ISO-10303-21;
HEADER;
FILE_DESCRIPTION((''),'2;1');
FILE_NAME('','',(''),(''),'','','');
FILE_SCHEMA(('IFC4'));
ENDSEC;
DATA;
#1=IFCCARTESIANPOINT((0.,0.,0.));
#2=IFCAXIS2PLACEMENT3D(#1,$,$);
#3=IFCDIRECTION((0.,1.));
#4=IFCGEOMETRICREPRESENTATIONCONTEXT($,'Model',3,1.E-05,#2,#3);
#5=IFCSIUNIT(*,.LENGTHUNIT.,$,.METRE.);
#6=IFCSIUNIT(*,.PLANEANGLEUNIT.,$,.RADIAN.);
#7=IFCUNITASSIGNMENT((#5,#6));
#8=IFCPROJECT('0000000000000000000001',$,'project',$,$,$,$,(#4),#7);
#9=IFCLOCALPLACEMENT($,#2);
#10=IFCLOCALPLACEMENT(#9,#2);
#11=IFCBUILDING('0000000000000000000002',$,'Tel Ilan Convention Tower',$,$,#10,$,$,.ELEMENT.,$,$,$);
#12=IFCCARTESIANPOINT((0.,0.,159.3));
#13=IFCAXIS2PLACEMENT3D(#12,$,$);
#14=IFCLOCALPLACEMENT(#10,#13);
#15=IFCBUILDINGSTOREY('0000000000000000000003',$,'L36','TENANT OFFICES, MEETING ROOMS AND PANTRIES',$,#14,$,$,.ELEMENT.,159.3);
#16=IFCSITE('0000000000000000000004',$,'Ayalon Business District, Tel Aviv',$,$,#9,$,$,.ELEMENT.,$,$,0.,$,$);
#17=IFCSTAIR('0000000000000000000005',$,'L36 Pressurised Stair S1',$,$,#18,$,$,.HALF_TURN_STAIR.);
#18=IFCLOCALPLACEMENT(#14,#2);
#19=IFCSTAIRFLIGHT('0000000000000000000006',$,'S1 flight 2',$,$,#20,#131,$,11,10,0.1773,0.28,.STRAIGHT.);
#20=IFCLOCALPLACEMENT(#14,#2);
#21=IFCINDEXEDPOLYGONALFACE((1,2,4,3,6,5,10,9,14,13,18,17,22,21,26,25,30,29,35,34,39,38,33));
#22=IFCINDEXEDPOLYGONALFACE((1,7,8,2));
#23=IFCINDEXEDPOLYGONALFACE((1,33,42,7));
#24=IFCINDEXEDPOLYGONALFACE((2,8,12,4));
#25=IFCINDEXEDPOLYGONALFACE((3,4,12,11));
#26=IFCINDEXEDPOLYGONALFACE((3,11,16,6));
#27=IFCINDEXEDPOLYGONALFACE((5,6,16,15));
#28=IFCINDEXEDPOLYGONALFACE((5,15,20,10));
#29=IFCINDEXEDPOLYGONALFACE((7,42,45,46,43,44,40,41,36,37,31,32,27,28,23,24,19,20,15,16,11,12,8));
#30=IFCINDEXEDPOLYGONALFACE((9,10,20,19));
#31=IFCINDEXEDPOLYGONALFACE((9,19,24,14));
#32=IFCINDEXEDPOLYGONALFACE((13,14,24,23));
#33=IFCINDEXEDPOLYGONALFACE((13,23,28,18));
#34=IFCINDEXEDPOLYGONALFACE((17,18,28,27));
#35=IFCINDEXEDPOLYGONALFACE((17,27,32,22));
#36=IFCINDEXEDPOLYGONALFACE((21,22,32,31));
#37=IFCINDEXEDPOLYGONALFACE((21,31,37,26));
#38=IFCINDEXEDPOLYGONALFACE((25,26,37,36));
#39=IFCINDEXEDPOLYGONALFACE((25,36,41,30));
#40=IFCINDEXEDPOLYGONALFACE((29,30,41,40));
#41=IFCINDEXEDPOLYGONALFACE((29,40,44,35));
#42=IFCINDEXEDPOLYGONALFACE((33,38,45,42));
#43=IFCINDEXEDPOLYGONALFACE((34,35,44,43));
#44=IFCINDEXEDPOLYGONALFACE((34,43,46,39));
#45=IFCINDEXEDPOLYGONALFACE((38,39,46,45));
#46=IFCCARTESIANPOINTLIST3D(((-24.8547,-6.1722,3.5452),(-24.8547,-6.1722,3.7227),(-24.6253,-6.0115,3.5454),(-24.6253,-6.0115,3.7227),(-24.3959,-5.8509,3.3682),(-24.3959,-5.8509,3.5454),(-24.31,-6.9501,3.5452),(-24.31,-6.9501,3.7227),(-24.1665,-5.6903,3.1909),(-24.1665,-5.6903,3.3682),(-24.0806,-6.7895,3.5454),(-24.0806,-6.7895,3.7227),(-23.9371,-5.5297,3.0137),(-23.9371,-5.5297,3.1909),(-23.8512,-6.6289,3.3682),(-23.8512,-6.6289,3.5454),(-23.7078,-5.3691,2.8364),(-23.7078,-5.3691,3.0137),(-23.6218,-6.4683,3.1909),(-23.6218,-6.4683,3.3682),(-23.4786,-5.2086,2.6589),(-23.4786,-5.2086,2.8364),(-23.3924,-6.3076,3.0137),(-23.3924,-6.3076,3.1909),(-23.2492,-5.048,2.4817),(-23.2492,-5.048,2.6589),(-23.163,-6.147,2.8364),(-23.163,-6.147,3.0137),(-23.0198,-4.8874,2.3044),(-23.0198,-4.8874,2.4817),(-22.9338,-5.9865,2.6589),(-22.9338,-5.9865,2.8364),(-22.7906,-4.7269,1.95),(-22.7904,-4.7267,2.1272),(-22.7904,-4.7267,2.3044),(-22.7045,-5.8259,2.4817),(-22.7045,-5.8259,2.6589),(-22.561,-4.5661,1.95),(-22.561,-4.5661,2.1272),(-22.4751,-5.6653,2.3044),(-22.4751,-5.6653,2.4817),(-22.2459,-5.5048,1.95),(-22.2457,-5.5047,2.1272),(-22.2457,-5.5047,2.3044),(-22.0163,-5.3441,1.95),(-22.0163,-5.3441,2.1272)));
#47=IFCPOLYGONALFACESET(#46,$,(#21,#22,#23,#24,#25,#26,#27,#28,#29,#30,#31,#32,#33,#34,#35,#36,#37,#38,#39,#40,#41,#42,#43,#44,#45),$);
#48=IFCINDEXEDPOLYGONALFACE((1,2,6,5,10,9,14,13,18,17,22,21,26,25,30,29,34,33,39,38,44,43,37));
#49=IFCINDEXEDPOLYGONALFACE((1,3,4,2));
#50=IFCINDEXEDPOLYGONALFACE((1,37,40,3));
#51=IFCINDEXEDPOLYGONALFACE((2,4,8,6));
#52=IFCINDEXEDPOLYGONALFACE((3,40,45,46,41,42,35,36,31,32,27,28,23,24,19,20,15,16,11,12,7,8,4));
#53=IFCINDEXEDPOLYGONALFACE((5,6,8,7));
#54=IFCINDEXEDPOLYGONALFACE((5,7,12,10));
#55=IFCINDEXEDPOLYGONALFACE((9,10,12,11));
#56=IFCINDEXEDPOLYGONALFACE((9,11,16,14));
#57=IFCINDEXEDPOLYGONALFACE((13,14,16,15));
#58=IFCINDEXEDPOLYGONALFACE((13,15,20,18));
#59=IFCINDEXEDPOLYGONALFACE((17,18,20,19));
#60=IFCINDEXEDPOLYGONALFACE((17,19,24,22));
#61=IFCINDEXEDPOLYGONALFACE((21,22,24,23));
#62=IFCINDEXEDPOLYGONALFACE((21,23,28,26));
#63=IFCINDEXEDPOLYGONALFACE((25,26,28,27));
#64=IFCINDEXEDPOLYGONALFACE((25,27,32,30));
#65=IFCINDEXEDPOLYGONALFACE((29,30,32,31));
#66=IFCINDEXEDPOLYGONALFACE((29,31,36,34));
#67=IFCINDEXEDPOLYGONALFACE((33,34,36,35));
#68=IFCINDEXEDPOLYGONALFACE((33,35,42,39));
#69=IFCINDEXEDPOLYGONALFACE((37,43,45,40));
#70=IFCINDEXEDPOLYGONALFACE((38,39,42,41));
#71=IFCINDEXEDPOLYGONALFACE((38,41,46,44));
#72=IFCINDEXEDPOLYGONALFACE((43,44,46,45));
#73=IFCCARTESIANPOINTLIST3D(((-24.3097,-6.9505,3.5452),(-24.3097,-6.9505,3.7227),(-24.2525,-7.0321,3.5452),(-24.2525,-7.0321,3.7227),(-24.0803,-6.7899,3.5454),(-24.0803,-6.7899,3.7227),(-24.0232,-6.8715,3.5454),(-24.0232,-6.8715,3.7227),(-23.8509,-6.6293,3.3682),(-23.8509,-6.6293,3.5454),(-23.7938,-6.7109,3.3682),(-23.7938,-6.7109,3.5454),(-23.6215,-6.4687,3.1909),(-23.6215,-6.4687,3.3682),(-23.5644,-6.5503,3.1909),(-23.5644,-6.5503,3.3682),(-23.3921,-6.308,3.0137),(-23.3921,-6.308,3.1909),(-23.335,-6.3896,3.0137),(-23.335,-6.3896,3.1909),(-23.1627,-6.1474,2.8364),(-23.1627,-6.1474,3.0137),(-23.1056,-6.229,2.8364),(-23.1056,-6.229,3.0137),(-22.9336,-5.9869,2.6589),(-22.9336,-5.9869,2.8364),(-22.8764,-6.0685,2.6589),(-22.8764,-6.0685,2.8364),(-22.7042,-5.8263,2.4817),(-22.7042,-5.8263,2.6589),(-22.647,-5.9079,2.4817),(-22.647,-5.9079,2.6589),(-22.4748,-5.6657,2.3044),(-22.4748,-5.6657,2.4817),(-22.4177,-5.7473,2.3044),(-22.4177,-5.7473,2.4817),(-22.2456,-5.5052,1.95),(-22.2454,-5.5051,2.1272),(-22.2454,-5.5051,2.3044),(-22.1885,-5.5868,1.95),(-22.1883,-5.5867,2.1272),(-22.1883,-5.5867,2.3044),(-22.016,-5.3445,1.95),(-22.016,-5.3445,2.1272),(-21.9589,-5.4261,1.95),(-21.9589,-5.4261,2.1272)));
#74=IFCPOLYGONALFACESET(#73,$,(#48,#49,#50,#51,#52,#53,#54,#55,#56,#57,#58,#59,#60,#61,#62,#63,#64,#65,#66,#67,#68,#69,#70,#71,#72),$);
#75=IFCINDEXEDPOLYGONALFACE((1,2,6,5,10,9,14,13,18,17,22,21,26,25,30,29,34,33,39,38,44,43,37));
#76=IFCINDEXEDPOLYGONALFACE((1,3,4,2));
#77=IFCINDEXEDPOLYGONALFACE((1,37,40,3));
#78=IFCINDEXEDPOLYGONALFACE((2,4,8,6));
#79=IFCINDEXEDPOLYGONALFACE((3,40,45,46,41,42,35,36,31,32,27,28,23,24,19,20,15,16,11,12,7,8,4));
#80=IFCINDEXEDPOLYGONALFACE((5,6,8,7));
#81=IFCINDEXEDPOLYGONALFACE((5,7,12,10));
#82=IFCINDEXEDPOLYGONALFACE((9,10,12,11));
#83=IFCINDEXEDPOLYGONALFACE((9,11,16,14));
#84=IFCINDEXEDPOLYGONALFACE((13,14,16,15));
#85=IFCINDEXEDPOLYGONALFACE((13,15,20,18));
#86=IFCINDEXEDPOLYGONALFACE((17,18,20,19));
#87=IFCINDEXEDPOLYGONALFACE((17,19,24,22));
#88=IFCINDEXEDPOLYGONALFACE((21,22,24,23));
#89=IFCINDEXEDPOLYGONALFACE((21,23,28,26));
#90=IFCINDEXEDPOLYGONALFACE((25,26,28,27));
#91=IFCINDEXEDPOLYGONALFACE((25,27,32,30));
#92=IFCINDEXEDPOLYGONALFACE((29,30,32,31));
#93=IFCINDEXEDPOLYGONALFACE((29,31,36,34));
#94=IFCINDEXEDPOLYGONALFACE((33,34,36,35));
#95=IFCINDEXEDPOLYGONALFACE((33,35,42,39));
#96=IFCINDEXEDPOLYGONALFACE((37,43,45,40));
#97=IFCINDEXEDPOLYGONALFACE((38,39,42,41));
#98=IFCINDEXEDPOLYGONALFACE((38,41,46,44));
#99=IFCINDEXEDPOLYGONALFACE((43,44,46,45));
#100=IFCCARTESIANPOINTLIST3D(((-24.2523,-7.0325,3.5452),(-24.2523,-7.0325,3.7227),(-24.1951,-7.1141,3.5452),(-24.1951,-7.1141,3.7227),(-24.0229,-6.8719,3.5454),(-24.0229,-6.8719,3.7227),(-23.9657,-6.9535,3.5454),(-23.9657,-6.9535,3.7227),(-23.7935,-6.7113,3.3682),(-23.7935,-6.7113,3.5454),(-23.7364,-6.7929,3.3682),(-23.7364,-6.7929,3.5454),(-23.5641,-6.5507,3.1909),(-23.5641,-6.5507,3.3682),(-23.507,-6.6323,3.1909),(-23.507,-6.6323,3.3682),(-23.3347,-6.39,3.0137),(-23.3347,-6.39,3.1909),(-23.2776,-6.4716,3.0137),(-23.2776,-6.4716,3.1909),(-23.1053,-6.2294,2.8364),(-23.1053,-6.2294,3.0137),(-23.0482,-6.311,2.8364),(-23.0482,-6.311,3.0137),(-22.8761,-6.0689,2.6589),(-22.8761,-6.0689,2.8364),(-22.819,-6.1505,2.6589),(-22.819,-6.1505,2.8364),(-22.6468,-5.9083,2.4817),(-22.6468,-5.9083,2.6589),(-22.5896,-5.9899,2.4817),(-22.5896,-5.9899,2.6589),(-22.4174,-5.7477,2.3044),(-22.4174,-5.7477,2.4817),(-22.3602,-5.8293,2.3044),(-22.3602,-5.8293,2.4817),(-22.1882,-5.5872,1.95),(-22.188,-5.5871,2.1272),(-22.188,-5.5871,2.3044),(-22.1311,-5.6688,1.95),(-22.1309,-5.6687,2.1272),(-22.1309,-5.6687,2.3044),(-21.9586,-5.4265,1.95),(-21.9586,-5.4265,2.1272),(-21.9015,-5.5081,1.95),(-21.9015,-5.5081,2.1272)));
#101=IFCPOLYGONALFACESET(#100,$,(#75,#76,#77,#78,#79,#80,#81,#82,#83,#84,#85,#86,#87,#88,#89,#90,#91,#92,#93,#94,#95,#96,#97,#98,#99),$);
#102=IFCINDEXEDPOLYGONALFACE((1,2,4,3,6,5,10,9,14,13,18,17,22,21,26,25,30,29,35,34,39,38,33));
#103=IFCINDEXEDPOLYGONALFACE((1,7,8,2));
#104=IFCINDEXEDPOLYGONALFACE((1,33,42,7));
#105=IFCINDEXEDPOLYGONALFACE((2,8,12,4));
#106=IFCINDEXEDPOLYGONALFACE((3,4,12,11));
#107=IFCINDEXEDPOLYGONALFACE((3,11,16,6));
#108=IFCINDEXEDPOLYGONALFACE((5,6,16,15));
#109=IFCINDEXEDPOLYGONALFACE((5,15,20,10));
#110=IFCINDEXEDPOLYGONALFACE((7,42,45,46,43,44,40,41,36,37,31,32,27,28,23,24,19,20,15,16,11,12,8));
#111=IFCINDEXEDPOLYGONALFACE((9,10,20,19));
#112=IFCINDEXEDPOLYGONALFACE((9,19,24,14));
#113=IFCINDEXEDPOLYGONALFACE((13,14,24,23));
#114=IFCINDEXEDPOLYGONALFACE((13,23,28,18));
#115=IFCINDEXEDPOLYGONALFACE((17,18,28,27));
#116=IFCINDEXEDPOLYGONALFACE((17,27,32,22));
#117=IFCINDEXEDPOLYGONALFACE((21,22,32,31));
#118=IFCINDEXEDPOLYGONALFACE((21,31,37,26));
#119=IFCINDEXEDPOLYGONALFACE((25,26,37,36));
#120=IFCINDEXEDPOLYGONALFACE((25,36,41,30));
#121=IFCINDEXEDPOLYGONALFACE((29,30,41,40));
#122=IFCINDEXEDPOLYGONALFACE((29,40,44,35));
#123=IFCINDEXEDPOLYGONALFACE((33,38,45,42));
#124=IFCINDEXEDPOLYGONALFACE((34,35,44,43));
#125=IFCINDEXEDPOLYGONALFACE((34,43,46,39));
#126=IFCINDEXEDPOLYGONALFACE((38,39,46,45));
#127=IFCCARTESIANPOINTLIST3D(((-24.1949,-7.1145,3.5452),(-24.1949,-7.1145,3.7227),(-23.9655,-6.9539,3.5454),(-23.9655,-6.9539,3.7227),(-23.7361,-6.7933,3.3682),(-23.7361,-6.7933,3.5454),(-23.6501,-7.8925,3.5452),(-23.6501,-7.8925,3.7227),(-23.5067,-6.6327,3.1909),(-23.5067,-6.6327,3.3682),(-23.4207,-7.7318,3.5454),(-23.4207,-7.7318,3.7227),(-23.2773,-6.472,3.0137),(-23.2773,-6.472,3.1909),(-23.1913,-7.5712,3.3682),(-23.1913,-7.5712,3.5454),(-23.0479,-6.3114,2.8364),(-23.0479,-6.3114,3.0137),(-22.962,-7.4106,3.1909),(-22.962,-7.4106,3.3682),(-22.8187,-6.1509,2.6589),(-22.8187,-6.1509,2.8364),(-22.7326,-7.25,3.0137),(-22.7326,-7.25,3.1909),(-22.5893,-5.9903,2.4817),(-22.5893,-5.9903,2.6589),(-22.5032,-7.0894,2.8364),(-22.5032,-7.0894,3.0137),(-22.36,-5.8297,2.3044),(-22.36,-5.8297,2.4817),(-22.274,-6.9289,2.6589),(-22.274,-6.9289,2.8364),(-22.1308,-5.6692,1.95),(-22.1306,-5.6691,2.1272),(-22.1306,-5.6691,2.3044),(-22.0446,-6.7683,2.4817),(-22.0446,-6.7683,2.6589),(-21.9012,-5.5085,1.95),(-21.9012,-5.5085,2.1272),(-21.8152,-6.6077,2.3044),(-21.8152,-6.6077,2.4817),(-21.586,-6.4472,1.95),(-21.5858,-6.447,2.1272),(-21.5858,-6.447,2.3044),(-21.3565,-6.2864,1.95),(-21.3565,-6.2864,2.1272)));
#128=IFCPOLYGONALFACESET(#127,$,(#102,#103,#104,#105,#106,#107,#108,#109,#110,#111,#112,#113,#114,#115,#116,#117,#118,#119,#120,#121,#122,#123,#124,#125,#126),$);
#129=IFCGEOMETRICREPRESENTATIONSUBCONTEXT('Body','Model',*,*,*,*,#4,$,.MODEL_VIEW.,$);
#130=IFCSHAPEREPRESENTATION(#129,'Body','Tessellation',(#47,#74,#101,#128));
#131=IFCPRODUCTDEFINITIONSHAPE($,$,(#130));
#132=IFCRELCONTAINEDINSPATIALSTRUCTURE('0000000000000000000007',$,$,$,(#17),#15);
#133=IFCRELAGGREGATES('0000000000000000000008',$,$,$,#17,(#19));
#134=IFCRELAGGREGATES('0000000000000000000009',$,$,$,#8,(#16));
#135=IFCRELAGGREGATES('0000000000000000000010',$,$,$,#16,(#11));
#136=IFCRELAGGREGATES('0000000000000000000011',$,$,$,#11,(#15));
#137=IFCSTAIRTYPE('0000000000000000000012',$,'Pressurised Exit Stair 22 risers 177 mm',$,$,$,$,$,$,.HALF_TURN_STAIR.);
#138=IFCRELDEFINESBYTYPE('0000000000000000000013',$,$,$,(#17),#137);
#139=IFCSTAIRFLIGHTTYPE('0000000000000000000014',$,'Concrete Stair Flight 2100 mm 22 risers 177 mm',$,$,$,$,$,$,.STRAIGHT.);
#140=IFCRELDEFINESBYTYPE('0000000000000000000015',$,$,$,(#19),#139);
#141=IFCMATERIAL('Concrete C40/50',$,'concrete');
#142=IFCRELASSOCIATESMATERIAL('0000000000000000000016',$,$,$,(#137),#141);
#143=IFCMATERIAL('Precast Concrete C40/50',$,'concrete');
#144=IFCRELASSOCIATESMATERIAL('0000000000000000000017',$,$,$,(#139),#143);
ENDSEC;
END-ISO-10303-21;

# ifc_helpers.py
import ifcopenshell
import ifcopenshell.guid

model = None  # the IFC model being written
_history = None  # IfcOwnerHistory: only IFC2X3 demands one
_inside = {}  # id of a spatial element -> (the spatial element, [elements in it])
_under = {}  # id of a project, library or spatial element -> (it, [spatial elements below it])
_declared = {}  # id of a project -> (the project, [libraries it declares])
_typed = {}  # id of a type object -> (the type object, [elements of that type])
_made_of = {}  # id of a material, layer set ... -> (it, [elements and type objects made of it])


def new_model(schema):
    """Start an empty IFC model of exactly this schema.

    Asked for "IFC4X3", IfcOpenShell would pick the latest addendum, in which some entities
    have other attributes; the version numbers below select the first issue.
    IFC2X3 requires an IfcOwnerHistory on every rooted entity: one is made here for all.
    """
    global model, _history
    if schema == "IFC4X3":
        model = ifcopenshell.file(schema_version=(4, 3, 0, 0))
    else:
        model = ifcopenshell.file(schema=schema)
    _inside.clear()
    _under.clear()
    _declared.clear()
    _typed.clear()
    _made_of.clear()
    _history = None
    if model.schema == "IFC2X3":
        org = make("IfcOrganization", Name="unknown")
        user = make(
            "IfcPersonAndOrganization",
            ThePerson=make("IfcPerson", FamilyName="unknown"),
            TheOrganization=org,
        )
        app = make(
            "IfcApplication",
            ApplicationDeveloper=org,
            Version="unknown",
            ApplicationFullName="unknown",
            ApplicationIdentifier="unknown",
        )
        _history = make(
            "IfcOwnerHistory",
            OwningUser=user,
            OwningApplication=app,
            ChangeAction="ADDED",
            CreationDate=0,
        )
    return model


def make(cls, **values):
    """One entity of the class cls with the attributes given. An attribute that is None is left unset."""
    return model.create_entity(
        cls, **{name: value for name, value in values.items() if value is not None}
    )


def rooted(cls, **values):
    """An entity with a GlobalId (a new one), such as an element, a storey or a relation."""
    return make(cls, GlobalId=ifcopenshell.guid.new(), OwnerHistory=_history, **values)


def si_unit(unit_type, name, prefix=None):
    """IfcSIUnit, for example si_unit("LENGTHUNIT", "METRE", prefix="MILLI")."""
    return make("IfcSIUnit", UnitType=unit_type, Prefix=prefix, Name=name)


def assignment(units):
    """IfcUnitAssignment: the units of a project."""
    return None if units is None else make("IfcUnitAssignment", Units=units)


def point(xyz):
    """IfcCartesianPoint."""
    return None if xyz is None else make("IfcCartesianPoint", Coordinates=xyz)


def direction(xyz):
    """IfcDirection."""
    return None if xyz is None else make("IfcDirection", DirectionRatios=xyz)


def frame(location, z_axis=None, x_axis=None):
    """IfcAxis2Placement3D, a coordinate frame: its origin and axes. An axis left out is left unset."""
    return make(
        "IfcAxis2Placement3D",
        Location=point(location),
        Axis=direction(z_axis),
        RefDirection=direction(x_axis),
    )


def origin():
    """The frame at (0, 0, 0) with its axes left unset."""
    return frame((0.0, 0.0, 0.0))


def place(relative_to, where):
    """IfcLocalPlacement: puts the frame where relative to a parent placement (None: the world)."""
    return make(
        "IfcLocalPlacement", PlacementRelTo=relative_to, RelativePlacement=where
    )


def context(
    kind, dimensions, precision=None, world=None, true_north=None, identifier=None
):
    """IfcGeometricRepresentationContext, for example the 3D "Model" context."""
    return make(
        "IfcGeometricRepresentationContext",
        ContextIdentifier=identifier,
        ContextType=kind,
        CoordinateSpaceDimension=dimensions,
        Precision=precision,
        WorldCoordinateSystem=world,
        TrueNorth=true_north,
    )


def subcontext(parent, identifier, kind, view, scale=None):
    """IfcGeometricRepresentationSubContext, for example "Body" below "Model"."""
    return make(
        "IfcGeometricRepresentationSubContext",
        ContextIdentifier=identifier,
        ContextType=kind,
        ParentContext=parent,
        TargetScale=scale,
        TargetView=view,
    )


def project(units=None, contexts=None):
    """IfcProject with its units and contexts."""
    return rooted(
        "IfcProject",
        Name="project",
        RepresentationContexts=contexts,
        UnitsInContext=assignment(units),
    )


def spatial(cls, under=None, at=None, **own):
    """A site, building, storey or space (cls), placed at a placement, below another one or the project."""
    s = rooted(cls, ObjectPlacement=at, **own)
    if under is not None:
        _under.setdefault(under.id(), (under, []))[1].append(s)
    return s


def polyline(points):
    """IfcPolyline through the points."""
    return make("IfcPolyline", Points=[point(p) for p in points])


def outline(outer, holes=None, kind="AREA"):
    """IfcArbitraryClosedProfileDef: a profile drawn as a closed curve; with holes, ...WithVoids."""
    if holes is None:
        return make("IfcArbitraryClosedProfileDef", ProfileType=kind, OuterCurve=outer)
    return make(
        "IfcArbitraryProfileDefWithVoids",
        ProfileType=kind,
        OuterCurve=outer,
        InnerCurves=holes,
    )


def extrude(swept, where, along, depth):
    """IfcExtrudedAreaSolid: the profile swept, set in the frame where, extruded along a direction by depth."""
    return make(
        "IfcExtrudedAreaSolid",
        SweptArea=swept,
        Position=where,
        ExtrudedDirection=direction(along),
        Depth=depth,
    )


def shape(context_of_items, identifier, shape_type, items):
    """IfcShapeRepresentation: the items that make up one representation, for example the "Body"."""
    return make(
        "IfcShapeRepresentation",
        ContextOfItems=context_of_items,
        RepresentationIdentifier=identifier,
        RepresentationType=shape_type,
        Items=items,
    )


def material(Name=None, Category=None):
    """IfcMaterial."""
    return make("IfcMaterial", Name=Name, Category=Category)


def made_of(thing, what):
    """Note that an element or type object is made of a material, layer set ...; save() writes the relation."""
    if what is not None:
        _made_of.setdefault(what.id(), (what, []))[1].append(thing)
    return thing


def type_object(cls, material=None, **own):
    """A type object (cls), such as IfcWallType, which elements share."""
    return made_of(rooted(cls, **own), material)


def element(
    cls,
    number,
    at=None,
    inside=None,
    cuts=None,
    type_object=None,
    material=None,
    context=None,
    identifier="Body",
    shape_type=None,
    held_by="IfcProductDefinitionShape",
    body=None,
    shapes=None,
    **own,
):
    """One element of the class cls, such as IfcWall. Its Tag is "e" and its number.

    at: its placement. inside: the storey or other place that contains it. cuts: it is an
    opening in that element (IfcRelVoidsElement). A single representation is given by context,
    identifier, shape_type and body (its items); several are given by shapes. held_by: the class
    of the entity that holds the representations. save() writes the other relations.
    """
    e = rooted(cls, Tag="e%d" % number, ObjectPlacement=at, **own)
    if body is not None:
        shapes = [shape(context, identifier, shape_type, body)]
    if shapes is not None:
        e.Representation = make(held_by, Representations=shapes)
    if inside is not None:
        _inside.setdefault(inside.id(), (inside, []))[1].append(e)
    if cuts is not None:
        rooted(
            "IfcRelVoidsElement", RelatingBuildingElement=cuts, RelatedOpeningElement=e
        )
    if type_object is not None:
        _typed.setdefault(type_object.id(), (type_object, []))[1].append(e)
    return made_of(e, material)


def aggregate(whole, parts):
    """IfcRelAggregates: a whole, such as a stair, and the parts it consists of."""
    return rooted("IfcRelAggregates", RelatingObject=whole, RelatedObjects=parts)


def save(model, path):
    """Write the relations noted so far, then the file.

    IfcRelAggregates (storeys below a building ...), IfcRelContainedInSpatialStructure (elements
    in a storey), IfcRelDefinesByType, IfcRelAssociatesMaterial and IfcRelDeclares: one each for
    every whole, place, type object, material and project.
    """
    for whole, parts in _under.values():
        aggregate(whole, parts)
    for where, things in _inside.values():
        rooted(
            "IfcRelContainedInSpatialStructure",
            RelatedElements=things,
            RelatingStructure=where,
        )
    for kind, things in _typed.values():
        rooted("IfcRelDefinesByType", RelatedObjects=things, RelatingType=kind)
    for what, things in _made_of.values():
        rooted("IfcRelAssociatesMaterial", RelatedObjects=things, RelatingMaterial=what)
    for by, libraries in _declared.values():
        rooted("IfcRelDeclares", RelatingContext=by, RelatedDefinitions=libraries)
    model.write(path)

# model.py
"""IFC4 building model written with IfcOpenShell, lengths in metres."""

from ifc_helpers import new_model, si_unit, direction, frame, origin, place, context, subcontext, project, spatial, polyline, outline, extrude, material, type_object, element, aggregate, save


model = new_model("IFC4")

# Units and contexts
model_context = context("Model", 3, precision=1e-05, world=origin(), true_north=direction((0.0, 1.0)))
body_context = subcontext(model_context, "Body", "Model", "MODEL_VIEW")
ifc_project = project(units=[si_unit("LENGTHUNIT", "METRE"), si_unit("PLANEANGLEUNIT", "RADIAN")], contexts=[model_context])

# Site, building, storey
site_placement = place(None, origin())
site = spatial("IfcSite", under=ifc_project, at=site_placement, Name="Ayalon Business District, Tel Aviv", CompositionType="ELEMENT", RefElevation=0.0)
building_placement = place(site_placement, origin())
building = spatial("IfcBuilding", under=site, at=building_placement, Name="Tel Ilan Convention Tower", CompositionType="ELEMENT")
storey_placement = place(building_placement, frame((0.0, 0.0, 159.3)))
storey = spatial("IfcBuildingStorey", under=building, at=storey_placement, Name="L36", Description="TENANT OFFICES, MEETING ROOMS AND PANTRIES", CompositionType="ELEMENT", Elevation=159.3)

# Stair, stair flight
ifc_material_1 = material(Name="Concrete C40/50", Category="concrete")
stair_type = type_object("IfcStairType", Name="Pressurised Exit Stair 22 risers 177 mm", PredefinedType="HALF_TURN_STAIR", material=ifc_material_1)
stair_1_placement = place(storey_placement, origin())
stair_1 = element("IfcStair", 1, at=stair_1_placement, inside=storey, type_object=stair_type, Name="L36 Pressurised Stair S1", PredefinedType="HALF_TURN_STAIR")
ifc_material_2 = material(Name="Precast Concrete C40/50", Category="concrete")
stair_flight_type = type_object("IfcStairFlightType", Name="Concrete Stair Flight 2100 mm 22 risers 177 mm", PredefinedType="STRAIGHT", material=ifc_material_2)
stair_flight_1_placement = place(storey_placement, frame((-21.9587, -5.4263, 1.95), z_axis=(0.0, 0.0, 1.0), x_axis=(-0.819152, -0.573576, 0.0)))
stair_flight_1 = element("IfcStairFlight", 2, at=stair_flight_1_placement, type_object=stair_flight_type, Name="S1 flight 2", NumberOfRisers=11, NumberOfTreads=10, PredefinedType="STRAIGHT", RiserHeight=0.1773, TreadLength=0.28, context=body_context, shape_type="SweptSolid", body=[
    extrude(outline(polyline([(0.0, 0.0), (0.0, 0.1772), (0.28, 0.1772), (0.28, 0.3545), (0.5601, 0.3545), (0.5601, 0.5317), (0.8401, 0.5317), (0.8401, 0.709), (1.1201, 0.709), (1.1201, 0.8865), (1.3999, 0.8865), (1.3999, 1.0637), (1.6799, 1.0637), (1.6799, 1.241), (1.96, 1.241), (1.96, 1.4182), (2.24, 1.4182), (2.24, 1.5955), (2.52, 1.5955), (2.52, 1.7727), (2.8, 1.7727), (2.8, 1.95), (2.8, 1.5952), (0.2803, 0.0), (0.0, 0.0)])), frame((0.0, -0.1003, 0.0), z_axis=(0.0, -1.0, 0.0), x_axis=(1.0, 0.0, 0.0)), (0.0, 0.0, 1.0), 0.9497),
    extrude(outline(polyline([(0.0, 0.0), (0.0, 0.1772), (0.28, 0.1772), (0.28, 0.3545), (0.5601, 0.3545), (0.5601, 0.5317), (0.8401, 0.5317), (0.8401, 0.709), (1.1201, 0.709), (1.1201, 0.8865), (1.3999, 0.8865), (1.3999, 1.0637), (1.6799, 1.0637), (1.6799, 1.241), (1.96, 1.241), (1.96, 1.4182), (2.24, 1.4182), (2.24, 1.5955), (2.52, 1.5955), (2.52, 1.7727), (2.8, 1.7727), (2.8, 1.95), (2.8, 1.5952), (0.2803, 0.0), (0.0, 0.0)])), frame((0.0, -0.0002, 0.0), z_axis=(0.0, -1.0, 0.0), x_axis=(1.0, 0.0, 0.0)), (0.0, 0.0, 1.0), 0.0996),
    extrude(outline(polyline([(0.0, 0.0), (0.0, 0.1772), (0.28, 0.1772), (0.28, 0.3545), (0.5601, 0.3545), (0.5601, 0.5317), (0.8401, 0.5317), (0.8401, 0.709), (1.1201, 0.709), (1.1201, 0.8865), (1.3999, 0.8865), (1.3999, 1.0637), (1.6799, 1.0637), (1.6799, 1.241), (1.96, 1.241), (1.96, 1.4182), (2.24, 1.4182), (2.24, 1.5955), (2.52, 1.5955), (2.52, 1.7727), (2.8, 1.7727), (2.8, 1.95), (2.8, 1.5952), (0.2803, 0.0), (0.0, 0.0)])), frame((0.0, 0.0999, 0.0), z_axis=(0.0, -1.0, 0.0), x_axis=(1.0, 0.0, 0.0)), (0.0, 0.0, 1.0), 0.0996),
    extrude(outline(polyline([(0.0, 0.0), (0.0, 0.1772), (0.28, 0.1772), (0.28, 0.3545), (0.5601, 0.3545), (0.5601, 0.5317), (0.8401, 0.5317), (0.8401, 0.709), (1.1201, 0.709), (1.1201, 0.8865), (1.3999, 0.8865), (1.3999, 1.0637), (1.6799, 1.0637), (1.6799, 1.241), (1.96, 1.241), (1.96, 1.4182), (2.24, 1.4182), (2.24, 1.5955), (2.52, 1.5955), (2.52, 1.7727), (2.8, 1.7727), (2.8, 1.95), (2.8, 1.5952), (0.2803, 0.0), (0.0, 0.0)])), frame((0.0, 1.05, 0.0), z_axis=(0.0, -1.0, 0.0), x_axis=(1.0, 0.0, 0.0)), (0.0, 0.0, 1.0), 0.9497),
])
aggregate(stair_1, [stair_flight_1])

save(model, "model.ifc")
